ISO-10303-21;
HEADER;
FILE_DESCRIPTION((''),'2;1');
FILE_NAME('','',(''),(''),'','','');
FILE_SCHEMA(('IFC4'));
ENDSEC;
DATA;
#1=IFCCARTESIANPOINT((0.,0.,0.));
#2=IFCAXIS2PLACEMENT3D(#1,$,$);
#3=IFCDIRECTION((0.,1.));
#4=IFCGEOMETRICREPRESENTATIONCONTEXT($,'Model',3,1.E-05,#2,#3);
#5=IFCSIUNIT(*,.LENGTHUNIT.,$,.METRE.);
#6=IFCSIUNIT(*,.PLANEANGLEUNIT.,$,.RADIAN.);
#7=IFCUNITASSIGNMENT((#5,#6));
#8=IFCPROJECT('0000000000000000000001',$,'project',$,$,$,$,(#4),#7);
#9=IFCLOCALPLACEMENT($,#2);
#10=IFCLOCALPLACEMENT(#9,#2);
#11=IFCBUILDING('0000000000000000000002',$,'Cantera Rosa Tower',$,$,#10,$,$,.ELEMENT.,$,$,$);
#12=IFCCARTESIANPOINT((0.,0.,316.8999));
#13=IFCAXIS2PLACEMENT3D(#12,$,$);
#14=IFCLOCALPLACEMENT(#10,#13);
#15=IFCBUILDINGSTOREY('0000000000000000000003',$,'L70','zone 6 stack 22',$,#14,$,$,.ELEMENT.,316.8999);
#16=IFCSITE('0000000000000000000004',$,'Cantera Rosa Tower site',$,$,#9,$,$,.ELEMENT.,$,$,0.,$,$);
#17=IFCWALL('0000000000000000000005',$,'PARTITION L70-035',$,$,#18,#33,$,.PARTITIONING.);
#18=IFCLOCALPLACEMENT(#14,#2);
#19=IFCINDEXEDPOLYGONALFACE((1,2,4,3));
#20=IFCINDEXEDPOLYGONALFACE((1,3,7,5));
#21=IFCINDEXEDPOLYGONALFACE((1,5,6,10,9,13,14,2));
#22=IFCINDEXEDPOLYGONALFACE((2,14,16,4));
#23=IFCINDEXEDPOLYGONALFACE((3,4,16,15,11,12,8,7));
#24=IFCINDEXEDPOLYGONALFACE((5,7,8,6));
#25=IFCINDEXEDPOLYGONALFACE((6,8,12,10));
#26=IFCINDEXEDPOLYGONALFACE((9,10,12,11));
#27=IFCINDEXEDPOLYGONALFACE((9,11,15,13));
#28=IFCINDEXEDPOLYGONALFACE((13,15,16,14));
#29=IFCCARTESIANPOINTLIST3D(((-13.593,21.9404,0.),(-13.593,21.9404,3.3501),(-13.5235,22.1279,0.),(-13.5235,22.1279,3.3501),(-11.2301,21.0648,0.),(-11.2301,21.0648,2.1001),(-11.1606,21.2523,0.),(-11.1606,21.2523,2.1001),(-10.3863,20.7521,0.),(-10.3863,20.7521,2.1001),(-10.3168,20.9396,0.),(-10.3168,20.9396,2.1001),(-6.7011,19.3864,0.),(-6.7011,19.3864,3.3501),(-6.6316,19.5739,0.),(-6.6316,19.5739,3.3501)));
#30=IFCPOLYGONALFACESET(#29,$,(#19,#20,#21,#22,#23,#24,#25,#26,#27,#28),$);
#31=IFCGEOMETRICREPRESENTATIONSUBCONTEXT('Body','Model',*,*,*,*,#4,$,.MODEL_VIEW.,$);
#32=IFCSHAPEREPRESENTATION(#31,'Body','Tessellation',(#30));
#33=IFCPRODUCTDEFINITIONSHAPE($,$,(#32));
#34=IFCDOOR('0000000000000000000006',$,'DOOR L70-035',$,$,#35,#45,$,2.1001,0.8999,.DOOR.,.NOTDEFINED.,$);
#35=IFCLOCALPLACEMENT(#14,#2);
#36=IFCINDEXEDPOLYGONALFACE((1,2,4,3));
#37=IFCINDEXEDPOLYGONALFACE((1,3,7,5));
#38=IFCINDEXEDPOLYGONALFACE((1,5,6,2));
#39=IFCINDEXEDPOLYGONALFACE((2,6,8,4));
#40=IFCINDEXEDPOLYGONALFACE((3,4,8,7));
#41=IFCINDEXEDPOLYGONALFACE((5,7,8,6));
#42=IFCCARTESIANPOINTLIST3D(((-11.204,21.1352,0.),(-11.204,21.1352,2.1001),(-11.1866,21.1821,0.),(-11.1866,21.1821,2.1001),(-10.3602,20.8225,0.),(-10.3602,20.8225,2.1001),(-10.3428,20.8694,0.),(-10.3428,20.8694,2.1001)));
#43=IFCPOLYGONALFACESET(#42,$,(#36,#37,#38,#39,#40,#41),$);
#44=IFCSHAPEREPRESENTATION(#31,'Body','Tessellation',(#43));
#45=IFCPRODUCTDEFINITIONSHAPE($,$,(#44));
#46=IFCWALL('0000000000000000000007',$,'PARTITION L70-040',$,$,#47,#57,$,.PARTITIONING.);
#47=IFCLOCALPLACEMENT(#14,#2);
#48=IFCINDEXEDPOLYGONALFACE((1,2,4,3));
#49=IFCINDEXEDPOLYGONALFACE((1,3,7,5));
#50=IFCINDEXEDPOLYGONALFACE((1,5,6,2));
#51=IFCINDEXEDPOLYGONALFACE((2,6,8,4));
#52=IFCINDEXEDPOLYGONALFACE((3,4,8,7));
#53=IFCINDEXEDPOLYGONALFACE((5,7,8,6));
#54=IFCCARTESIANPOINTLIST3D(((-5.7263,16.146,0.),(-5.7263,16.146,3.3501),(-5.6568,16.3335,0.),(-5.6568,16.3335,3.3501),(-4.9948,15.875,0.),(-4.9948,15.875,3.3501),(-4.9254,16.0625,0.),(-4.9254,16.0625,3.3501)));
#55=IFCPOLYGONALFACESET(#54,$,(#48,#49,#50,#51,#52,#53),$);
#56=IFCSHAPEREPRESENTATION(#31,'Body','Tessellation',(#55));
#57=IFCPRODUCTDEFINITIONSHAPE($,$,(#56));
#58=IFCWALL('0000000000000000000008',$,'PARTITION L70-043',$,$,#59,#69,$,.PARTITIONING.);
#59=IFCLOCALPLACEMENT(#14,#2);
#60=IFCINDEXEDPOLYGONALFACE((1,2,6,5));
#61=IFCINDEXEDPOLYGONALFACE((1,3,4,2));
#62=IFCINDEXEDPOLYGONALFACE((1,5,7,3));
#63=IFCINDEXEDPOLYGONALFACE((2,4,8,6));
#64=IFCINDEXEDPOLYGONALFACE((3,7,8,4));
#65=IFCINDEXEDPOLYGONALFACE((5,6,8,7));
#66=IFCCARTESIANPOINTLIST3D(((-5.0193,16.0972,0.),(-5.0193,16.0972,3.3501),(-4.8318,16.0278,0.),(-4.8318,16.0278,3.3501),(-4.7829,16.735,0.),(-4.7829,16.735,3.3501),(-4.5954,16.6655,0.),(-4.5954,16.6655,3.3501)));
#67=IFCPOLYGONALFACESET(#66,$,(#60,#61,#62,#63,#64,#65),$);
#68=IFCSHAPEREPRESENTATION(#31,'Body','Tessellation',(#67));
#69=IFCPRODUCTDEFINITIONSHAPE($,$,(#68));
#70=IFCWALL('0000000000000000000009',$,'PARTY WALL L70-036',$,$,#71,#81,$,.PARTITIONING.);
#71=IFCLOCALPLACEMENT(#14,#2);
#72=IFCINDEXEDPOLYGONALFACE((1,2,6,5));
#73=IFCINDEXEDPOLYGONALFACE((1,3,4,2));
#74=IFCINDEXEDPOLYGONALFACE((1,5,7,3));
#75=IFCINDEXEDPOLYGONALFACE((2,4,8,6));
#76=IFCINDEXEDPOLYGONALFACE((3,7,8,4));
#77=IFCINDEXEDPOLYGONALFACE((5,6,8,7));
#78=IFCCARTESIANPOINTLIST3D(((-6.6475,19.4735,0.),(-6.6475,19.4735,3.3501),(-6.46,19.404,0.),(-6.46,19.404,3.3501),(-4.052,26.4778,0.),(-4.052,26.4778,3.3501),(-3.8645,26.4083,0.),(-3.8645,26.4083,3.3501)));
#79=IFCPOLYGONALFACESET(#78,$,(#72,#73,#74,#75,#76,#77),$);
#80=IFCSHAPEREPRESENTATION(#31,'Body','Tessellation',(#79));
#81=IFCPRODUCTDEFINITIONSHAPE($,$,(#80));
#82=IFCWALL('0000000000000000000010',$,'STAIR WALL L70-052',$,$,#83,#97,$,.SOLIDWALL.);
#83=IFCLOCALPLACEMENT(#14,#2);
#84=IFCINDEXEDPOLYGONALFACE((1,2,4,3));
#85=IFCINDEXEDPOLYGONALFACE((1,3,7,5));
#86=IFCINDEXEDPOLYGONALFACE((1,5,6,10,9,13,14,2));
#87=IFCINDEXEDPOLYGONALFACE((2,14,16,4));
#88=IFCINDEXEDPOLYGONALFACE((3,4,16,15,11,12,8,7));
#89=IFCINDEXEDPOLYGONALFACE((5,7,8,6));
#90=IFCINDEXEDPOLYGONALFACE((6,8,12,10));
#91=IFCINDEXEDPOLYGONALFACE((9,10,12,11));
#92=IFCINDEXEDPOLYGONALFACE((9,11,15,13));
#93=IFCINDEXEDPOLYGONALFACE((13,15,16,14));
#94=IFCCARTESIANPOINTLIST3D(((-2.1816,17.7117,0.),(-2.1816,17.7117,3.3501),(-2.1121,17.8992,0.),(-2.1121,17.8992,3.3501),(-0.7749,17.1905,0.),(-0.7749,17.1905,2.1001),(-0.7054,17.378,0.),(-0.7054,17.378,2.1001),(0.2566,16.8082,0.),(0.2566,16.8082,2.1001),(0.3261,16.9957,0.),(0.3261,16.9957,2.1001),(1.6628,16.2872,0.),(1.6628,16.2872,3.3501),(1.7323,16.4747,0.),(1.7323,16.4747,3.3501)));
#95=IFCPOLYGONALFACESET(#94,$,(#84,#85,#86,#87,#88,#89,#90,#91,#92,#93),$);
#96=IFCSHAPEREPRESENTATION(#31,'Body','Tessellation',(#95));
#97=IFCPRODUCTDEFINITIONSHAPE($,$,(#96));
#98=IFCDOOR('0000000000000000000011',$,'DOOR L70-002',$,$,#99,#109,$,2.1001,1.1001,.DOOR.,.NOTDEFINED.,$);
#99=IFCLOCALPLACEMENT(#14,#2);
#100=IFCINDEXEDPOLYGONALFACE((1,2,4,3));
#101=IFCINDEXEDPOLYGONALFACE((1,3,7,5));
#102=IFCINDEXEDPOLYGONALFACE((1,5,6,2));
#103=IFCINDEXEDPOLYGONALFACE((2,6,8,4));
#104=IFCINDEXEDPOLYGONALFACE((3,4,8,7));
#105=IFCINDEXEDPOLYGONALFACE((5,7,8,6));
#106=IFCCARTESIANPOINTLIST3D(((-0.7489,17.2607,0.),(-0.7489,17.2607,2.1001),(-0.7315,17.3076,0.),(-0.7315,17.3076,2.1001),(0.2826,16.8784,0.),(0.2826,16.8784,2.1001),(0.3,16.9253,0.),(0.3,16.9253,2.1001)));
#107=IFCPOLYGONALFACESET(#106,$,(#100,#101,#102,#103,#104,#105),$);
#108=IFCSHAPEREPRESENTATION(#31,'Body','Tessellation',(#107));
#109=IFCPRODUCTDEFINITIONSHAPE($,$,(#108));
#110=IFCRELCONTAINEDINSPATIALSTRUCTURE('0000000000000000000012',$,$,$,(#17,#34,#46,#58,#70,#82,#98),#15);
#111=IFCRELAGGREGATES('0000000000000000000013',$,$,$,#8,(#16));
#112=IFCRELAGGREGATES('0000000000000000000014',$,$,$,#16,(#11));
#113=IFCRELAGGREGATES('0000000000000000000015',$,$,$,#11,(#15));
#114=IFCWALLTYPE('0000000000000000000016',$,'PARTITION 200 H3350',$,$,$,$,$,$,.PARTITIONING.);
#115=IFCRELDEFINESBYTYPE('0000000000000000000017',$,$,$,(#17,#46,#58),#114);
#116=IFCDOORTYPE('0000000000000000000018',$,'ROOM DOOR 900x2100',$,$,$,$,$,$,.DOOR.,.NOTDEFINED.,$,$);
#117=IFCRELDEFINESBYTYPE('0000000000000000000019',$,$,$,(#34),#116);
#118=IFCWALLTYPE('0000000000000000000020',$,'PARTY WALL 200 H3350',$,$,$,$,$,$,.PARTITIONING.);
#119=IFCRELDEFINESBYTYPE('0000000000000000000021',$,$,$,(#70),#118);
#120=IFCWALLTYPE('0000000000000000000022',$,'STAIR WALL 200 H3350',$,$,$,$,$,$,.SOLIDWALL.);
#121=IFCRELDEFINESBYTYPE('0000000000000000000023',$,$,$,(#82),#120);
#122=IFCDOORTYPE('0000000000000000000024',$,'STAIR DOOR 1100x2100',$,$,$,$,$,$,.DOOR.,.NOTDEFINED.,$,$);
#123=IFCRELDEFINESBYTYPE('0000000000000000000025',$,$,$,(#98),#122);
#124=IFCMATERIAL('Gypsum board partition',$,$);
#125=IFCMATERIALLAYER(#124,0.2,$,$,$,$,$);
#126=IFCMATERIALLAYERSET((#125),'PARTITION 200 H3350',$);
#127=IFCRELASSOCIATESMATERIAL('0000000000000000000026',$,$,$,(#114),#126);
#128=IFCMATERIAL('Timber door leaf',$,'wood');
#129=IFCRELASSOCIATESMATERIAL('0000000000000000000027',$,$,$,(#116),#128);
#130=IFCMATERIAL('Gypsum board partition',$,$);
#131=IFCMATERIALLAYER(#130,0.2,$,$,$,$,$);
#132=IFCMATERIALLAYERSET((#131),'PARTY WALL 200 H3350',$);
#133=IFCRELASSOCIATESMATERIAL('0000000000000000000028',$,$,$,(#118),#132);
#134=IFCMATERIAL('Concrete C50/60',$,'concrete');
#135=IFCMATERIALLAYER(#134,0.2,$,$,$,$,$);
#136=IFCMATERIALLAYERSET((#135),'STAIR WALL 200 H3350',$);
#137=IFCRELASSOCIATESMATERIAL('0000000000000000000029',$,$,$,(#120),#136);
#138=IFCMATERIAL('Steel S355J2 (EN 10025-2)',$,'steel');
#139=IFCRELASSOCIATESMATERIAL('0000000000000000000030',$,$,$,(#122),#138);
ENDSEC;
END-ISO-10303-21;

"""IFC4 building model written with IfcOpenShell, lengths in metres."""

from ifc_helpers import new_model, si_unit, direction, frame, frame_2d, origin, place, context, subcontext, project, spatial, rectangle, extrude, material, layer, layer_set, type_object, element, fill, save


model = new_model("IFC4")

# Units and contexts
model_context = context("Model", 3, precision=1e-05, world=origin(), true_north=direction((0.0, 1.0)))
body_context = subcontext(model_context, "Body", "Model", "MODEL_VIEW")
ifc_project = project(units=[si_unit("LENGTHUNIT", "METRE"), si_unit("PLANEANGLEUNIT", "RADIAN")], contexts=[model_context])

# Site, building, storey
site_placement = place(None, origin())
site = spatial("IfcSite", under=ifc_project, at=site_placement, Name="Cantera Rosa Tower site", CompositionType="ELEMENT", RefElevation=0.0)
building_placement = place(site_placement, origin())
building = spatial("IfcBuilding", under=site, at=building_placement, Name="Cantera Rosa Tower", CompositionType="ELEMENT")
storey_placement = place(building_placement, frame((0.0, 0.0, 316.8999)))
storey = spatial("IfcBuildingStorey", under=building, at=storey_placement, Name="L70", Description="zone 6 stack 22", CompositionType="ELEMENT", Elevation=316.8999)

# Wall, opening, door
ifc_material_1 = material(Name="Gypsum board partition")
ifc_layer_1 = layer(ifc_material_1, 0.2)
ifc_layer_set_1 = layer_set([ifc_layer_1], Name="PARTITION 200 H3350")
wall_type_1 = type_object("IfcWallType", Name="PARTITION 200 H3350", PredefinedType="PARTITIONING", material=ifc_layer_set_1)
wall_1_placement = place(storey_placement, frame((-6.6665, 19.4802, 0.0), z_axis=(0.0, 0.0, 1.0), x_axis=(-0.937686, 0.347484, 0.0)))
wall_1 = element("IfcWall", 1, at=wall_1_placement, inside=storey, type_object=wall_type_1, Name="PARTITION L70-035", PredefinedType="PARTITIONING", context=body_context, shape_type="SweptSolid", body=[
    extrude(rectangle(XDim=7.3499, YDim=0.2, at=frame_2d((3.6748, 0.0))), origin(), (0.0, 0.0, 1.0), 3.3501),
])
opening_1_placement = place(wall_1_placement, frame((3.9299, 0.0, 0.0)))
opening_1 = element("IfcOpeningElement", 2, at=opening_1_placement, cuts=wall_1, PredefinedType="OPENING", context=body_context, shape_type="SweptSolid", body=[
    extrude(rectangle(XDim=0.8999, YDim=2.1001, at=frame_2d((0.45, 1.05))), frame((0.0, 0.1099, 0.0), z_axis=(0.0, -1.0, 0.0), x_axis=(1.0, 0.0, 0.0)), (0.0, 0.0, 1.0), 0.22),
])
ifc_material_2 = material(Name="Timber door leaf", Category="wood")
door_type_1 = type_object("IfcDoorType", Name="ROOM DOOR 900x2100", OperationType="NOTDEFINED", PredefinedType="DOOR", material=ifc_material_2)
door_1_placement = place(opening_1_placement, origin())
door_1 = element("IfcDoor", 3, at=door_1_placement, inside=storey, type_object=door_type_1, Name="DOOR L70-035", OperationType="NOTDEFINED", OverallHeight=2.1001, OverallWidth=0.8999, PredefinedType="DOOR", context=body_context, shape_type="SweptSolid", body=[
    extrude(rectangle(XDim=0.8999, YDim=2.1001, at=frame_2d((0.45, 1.05))), frame((0.0, 0.0249, 0.0), z_axis=(0.0, -1.0, 0.0), x_axis=(1.0, 0.0, 0.0)), (0.0, 0.0, 1.0), 0.05),
])
fill(opening_1, door_1)

# Walls
wall_2_placement = place(storey_placement, frame((-5.6917, 16.2397, 0.0), z_axis=(0.0, 0.0, 1.0), x_axis=(0.937711, -0.347416, 0.0)))
element("IfcWall", 4, at=wall_2_placement, inside=storey, type_object=wall_type_1, Name="PARTITION L70-040", PredefinedType="PARTITIONING", context=body_context, shape_type="SweptSolid", body=[
    extrude(rectangle(XDim=0.78, YDim=0.2, at=frame_2d((0.3901, 0.0))), origin(), (0.0, 0.0, 1.0), 3.3501),
])
wall_3_placement = place(storey_placement, frame((-4.9255, 16.0625, 0.0), z_axis=(0.0, 0.0, 1.0), x_axis=(0.347501, 0.937679, 0.0)))
element("IfcWall", 5, at=wall_3_placement, inside=storey, type_object=wall_type_1, Name="PARTITION L70-043", PredefinedType="PARTITIONING", context=body_context, shape_type="SweptSolid", body=[
    extrude(rectangle(XDim=0.6802, YDim=0.2, at=frame_2d((0.3401, 0.0))), origin(), (0.0, 0.0, 1.0), 3.3501),
])
ifc_material_3 = material(Name="Gypsum board partition")
ifc_layer_2 = layer(ifc_material_3, 0.2)
ifc_layer_set_2 = layer_set([ifc_layer_2], Name="PARTY WALL 200 H3350")
wall_type_2 = type_object("IfcWallType", Name="PARTY WALL 200 H3350", PredefinedType="PARTITIONING", material=ifc_layer_set_2)
wall_4_placement = place(storey_placement, frame((-6.5537, 19.4387, 0.0), z_axis=(0.0, 0.0, 1.0), x_axis=(0.34746, 0.937695, 0.0)))
element("IfcWall", 6, at=wall_4_placement, inside=storey, type_object=wall_type_2, Name="PARTY WALL L70-036", PredefinedType="PARTITIONING", context=body_context, shape_type="SweptSolid", body=[
    extrude(rectangle(XDim=7.4697, YDim=0.2, at=frame_2d((3.7349, 0.0))), origin(), (0.0, 0.0, 1.0), 3.3501),
])

# Wall, opening, door
ifc_material_4 = material(Name="Concrete C50/60", Category="concrete")
ifc_layer_3 = layer(ifc_material_4, 0.2)
ifc_layer_set_3 = layer_set([ifc_layer_3], Name="STAIR WALL 200 H3350")
wall_type_3 = type_object("IfcWallType", Name="STAIR WALL 200 H3350", PredefinedType="SOLIDWALL", material=ifc_layer_set_3)
wall_5_placement = place(storey_placement, frame((-2.1467, 17.8054, 0.0), z_axis=(0.0, 0.0, 1.0), x_axis=(0.937695, -0.34746, 0.0)))
wall_5 = element("IfcWall", 7, at=wall_5_placement, inside=storey, type_object=wall_type_3, Name="STAIR WALL L70-052", PredefinedType="SOLIDWALL", context=body_context, shape_type="SweptSolid", body=[
    extrude(rectangle(XDim=4.0999, YDim=0.2, at=frame_2d((2.0498, 0.0))), origin(), (0.0, 0.0, 1.0), 3.3501),
])
opening_2_placement = place(wall_5_placement, frame((1.5, 0.0, 0.0)))
opening_2 = element("IfcOpeningElement", 8, at=opening_2_placement, cuts=wall_5, PredefinedType="OPENING", context=body_context, shape_type="SweptSolid", body=[
    extrude(rectangle(XDim=1.1001, YDim=2.1001, at=frame_2d((0.55, 1.05))), frame((0.0, 0.1099, 0.0), z_axis=(0.0, -1.0, 0.0), x_axis=(1.0, 0.0, 0.0)), (0.0, 0.0, 1.0), 0.22),
])
ifc_material_5 = material(Name="Steel S355J2 (EN 10025-2)", Category="steel")
door_type_2 = type_object("IfcDoorType", Name="STAIR DOOR 1100x2100", OperationType="NOTDEFINED", PredefinedType="DOOR", material=ifc_material_5)
door_2_placement = place(opening_2_placement, origin())
door_2 = element("IfcDoor", 9, at=door_2_placement, inside=storey, type_object=door_type_2, Name="DOOR L70-002", OperationType="NOTDEFINED", OverallHeight=2.1001, OverallWidth=1.1001, PredefinedType="DOOR", context=body_context, shape_type="SweptSolid", body=[
    extrude(rectangle(XDim=1.1001, YDim=2.1001, at=frame_2d((0.55, 1.05))), frame((0.0, 0.0249, 0.0), z_axis=(0.0, -1.0, 0.0), x_axis=(1.0, 0.0, 0.0)), (0.0, 0.0, 1.0), 0.05),
])
fill(opening_2, door_2)

save(model, "model.ifc")
